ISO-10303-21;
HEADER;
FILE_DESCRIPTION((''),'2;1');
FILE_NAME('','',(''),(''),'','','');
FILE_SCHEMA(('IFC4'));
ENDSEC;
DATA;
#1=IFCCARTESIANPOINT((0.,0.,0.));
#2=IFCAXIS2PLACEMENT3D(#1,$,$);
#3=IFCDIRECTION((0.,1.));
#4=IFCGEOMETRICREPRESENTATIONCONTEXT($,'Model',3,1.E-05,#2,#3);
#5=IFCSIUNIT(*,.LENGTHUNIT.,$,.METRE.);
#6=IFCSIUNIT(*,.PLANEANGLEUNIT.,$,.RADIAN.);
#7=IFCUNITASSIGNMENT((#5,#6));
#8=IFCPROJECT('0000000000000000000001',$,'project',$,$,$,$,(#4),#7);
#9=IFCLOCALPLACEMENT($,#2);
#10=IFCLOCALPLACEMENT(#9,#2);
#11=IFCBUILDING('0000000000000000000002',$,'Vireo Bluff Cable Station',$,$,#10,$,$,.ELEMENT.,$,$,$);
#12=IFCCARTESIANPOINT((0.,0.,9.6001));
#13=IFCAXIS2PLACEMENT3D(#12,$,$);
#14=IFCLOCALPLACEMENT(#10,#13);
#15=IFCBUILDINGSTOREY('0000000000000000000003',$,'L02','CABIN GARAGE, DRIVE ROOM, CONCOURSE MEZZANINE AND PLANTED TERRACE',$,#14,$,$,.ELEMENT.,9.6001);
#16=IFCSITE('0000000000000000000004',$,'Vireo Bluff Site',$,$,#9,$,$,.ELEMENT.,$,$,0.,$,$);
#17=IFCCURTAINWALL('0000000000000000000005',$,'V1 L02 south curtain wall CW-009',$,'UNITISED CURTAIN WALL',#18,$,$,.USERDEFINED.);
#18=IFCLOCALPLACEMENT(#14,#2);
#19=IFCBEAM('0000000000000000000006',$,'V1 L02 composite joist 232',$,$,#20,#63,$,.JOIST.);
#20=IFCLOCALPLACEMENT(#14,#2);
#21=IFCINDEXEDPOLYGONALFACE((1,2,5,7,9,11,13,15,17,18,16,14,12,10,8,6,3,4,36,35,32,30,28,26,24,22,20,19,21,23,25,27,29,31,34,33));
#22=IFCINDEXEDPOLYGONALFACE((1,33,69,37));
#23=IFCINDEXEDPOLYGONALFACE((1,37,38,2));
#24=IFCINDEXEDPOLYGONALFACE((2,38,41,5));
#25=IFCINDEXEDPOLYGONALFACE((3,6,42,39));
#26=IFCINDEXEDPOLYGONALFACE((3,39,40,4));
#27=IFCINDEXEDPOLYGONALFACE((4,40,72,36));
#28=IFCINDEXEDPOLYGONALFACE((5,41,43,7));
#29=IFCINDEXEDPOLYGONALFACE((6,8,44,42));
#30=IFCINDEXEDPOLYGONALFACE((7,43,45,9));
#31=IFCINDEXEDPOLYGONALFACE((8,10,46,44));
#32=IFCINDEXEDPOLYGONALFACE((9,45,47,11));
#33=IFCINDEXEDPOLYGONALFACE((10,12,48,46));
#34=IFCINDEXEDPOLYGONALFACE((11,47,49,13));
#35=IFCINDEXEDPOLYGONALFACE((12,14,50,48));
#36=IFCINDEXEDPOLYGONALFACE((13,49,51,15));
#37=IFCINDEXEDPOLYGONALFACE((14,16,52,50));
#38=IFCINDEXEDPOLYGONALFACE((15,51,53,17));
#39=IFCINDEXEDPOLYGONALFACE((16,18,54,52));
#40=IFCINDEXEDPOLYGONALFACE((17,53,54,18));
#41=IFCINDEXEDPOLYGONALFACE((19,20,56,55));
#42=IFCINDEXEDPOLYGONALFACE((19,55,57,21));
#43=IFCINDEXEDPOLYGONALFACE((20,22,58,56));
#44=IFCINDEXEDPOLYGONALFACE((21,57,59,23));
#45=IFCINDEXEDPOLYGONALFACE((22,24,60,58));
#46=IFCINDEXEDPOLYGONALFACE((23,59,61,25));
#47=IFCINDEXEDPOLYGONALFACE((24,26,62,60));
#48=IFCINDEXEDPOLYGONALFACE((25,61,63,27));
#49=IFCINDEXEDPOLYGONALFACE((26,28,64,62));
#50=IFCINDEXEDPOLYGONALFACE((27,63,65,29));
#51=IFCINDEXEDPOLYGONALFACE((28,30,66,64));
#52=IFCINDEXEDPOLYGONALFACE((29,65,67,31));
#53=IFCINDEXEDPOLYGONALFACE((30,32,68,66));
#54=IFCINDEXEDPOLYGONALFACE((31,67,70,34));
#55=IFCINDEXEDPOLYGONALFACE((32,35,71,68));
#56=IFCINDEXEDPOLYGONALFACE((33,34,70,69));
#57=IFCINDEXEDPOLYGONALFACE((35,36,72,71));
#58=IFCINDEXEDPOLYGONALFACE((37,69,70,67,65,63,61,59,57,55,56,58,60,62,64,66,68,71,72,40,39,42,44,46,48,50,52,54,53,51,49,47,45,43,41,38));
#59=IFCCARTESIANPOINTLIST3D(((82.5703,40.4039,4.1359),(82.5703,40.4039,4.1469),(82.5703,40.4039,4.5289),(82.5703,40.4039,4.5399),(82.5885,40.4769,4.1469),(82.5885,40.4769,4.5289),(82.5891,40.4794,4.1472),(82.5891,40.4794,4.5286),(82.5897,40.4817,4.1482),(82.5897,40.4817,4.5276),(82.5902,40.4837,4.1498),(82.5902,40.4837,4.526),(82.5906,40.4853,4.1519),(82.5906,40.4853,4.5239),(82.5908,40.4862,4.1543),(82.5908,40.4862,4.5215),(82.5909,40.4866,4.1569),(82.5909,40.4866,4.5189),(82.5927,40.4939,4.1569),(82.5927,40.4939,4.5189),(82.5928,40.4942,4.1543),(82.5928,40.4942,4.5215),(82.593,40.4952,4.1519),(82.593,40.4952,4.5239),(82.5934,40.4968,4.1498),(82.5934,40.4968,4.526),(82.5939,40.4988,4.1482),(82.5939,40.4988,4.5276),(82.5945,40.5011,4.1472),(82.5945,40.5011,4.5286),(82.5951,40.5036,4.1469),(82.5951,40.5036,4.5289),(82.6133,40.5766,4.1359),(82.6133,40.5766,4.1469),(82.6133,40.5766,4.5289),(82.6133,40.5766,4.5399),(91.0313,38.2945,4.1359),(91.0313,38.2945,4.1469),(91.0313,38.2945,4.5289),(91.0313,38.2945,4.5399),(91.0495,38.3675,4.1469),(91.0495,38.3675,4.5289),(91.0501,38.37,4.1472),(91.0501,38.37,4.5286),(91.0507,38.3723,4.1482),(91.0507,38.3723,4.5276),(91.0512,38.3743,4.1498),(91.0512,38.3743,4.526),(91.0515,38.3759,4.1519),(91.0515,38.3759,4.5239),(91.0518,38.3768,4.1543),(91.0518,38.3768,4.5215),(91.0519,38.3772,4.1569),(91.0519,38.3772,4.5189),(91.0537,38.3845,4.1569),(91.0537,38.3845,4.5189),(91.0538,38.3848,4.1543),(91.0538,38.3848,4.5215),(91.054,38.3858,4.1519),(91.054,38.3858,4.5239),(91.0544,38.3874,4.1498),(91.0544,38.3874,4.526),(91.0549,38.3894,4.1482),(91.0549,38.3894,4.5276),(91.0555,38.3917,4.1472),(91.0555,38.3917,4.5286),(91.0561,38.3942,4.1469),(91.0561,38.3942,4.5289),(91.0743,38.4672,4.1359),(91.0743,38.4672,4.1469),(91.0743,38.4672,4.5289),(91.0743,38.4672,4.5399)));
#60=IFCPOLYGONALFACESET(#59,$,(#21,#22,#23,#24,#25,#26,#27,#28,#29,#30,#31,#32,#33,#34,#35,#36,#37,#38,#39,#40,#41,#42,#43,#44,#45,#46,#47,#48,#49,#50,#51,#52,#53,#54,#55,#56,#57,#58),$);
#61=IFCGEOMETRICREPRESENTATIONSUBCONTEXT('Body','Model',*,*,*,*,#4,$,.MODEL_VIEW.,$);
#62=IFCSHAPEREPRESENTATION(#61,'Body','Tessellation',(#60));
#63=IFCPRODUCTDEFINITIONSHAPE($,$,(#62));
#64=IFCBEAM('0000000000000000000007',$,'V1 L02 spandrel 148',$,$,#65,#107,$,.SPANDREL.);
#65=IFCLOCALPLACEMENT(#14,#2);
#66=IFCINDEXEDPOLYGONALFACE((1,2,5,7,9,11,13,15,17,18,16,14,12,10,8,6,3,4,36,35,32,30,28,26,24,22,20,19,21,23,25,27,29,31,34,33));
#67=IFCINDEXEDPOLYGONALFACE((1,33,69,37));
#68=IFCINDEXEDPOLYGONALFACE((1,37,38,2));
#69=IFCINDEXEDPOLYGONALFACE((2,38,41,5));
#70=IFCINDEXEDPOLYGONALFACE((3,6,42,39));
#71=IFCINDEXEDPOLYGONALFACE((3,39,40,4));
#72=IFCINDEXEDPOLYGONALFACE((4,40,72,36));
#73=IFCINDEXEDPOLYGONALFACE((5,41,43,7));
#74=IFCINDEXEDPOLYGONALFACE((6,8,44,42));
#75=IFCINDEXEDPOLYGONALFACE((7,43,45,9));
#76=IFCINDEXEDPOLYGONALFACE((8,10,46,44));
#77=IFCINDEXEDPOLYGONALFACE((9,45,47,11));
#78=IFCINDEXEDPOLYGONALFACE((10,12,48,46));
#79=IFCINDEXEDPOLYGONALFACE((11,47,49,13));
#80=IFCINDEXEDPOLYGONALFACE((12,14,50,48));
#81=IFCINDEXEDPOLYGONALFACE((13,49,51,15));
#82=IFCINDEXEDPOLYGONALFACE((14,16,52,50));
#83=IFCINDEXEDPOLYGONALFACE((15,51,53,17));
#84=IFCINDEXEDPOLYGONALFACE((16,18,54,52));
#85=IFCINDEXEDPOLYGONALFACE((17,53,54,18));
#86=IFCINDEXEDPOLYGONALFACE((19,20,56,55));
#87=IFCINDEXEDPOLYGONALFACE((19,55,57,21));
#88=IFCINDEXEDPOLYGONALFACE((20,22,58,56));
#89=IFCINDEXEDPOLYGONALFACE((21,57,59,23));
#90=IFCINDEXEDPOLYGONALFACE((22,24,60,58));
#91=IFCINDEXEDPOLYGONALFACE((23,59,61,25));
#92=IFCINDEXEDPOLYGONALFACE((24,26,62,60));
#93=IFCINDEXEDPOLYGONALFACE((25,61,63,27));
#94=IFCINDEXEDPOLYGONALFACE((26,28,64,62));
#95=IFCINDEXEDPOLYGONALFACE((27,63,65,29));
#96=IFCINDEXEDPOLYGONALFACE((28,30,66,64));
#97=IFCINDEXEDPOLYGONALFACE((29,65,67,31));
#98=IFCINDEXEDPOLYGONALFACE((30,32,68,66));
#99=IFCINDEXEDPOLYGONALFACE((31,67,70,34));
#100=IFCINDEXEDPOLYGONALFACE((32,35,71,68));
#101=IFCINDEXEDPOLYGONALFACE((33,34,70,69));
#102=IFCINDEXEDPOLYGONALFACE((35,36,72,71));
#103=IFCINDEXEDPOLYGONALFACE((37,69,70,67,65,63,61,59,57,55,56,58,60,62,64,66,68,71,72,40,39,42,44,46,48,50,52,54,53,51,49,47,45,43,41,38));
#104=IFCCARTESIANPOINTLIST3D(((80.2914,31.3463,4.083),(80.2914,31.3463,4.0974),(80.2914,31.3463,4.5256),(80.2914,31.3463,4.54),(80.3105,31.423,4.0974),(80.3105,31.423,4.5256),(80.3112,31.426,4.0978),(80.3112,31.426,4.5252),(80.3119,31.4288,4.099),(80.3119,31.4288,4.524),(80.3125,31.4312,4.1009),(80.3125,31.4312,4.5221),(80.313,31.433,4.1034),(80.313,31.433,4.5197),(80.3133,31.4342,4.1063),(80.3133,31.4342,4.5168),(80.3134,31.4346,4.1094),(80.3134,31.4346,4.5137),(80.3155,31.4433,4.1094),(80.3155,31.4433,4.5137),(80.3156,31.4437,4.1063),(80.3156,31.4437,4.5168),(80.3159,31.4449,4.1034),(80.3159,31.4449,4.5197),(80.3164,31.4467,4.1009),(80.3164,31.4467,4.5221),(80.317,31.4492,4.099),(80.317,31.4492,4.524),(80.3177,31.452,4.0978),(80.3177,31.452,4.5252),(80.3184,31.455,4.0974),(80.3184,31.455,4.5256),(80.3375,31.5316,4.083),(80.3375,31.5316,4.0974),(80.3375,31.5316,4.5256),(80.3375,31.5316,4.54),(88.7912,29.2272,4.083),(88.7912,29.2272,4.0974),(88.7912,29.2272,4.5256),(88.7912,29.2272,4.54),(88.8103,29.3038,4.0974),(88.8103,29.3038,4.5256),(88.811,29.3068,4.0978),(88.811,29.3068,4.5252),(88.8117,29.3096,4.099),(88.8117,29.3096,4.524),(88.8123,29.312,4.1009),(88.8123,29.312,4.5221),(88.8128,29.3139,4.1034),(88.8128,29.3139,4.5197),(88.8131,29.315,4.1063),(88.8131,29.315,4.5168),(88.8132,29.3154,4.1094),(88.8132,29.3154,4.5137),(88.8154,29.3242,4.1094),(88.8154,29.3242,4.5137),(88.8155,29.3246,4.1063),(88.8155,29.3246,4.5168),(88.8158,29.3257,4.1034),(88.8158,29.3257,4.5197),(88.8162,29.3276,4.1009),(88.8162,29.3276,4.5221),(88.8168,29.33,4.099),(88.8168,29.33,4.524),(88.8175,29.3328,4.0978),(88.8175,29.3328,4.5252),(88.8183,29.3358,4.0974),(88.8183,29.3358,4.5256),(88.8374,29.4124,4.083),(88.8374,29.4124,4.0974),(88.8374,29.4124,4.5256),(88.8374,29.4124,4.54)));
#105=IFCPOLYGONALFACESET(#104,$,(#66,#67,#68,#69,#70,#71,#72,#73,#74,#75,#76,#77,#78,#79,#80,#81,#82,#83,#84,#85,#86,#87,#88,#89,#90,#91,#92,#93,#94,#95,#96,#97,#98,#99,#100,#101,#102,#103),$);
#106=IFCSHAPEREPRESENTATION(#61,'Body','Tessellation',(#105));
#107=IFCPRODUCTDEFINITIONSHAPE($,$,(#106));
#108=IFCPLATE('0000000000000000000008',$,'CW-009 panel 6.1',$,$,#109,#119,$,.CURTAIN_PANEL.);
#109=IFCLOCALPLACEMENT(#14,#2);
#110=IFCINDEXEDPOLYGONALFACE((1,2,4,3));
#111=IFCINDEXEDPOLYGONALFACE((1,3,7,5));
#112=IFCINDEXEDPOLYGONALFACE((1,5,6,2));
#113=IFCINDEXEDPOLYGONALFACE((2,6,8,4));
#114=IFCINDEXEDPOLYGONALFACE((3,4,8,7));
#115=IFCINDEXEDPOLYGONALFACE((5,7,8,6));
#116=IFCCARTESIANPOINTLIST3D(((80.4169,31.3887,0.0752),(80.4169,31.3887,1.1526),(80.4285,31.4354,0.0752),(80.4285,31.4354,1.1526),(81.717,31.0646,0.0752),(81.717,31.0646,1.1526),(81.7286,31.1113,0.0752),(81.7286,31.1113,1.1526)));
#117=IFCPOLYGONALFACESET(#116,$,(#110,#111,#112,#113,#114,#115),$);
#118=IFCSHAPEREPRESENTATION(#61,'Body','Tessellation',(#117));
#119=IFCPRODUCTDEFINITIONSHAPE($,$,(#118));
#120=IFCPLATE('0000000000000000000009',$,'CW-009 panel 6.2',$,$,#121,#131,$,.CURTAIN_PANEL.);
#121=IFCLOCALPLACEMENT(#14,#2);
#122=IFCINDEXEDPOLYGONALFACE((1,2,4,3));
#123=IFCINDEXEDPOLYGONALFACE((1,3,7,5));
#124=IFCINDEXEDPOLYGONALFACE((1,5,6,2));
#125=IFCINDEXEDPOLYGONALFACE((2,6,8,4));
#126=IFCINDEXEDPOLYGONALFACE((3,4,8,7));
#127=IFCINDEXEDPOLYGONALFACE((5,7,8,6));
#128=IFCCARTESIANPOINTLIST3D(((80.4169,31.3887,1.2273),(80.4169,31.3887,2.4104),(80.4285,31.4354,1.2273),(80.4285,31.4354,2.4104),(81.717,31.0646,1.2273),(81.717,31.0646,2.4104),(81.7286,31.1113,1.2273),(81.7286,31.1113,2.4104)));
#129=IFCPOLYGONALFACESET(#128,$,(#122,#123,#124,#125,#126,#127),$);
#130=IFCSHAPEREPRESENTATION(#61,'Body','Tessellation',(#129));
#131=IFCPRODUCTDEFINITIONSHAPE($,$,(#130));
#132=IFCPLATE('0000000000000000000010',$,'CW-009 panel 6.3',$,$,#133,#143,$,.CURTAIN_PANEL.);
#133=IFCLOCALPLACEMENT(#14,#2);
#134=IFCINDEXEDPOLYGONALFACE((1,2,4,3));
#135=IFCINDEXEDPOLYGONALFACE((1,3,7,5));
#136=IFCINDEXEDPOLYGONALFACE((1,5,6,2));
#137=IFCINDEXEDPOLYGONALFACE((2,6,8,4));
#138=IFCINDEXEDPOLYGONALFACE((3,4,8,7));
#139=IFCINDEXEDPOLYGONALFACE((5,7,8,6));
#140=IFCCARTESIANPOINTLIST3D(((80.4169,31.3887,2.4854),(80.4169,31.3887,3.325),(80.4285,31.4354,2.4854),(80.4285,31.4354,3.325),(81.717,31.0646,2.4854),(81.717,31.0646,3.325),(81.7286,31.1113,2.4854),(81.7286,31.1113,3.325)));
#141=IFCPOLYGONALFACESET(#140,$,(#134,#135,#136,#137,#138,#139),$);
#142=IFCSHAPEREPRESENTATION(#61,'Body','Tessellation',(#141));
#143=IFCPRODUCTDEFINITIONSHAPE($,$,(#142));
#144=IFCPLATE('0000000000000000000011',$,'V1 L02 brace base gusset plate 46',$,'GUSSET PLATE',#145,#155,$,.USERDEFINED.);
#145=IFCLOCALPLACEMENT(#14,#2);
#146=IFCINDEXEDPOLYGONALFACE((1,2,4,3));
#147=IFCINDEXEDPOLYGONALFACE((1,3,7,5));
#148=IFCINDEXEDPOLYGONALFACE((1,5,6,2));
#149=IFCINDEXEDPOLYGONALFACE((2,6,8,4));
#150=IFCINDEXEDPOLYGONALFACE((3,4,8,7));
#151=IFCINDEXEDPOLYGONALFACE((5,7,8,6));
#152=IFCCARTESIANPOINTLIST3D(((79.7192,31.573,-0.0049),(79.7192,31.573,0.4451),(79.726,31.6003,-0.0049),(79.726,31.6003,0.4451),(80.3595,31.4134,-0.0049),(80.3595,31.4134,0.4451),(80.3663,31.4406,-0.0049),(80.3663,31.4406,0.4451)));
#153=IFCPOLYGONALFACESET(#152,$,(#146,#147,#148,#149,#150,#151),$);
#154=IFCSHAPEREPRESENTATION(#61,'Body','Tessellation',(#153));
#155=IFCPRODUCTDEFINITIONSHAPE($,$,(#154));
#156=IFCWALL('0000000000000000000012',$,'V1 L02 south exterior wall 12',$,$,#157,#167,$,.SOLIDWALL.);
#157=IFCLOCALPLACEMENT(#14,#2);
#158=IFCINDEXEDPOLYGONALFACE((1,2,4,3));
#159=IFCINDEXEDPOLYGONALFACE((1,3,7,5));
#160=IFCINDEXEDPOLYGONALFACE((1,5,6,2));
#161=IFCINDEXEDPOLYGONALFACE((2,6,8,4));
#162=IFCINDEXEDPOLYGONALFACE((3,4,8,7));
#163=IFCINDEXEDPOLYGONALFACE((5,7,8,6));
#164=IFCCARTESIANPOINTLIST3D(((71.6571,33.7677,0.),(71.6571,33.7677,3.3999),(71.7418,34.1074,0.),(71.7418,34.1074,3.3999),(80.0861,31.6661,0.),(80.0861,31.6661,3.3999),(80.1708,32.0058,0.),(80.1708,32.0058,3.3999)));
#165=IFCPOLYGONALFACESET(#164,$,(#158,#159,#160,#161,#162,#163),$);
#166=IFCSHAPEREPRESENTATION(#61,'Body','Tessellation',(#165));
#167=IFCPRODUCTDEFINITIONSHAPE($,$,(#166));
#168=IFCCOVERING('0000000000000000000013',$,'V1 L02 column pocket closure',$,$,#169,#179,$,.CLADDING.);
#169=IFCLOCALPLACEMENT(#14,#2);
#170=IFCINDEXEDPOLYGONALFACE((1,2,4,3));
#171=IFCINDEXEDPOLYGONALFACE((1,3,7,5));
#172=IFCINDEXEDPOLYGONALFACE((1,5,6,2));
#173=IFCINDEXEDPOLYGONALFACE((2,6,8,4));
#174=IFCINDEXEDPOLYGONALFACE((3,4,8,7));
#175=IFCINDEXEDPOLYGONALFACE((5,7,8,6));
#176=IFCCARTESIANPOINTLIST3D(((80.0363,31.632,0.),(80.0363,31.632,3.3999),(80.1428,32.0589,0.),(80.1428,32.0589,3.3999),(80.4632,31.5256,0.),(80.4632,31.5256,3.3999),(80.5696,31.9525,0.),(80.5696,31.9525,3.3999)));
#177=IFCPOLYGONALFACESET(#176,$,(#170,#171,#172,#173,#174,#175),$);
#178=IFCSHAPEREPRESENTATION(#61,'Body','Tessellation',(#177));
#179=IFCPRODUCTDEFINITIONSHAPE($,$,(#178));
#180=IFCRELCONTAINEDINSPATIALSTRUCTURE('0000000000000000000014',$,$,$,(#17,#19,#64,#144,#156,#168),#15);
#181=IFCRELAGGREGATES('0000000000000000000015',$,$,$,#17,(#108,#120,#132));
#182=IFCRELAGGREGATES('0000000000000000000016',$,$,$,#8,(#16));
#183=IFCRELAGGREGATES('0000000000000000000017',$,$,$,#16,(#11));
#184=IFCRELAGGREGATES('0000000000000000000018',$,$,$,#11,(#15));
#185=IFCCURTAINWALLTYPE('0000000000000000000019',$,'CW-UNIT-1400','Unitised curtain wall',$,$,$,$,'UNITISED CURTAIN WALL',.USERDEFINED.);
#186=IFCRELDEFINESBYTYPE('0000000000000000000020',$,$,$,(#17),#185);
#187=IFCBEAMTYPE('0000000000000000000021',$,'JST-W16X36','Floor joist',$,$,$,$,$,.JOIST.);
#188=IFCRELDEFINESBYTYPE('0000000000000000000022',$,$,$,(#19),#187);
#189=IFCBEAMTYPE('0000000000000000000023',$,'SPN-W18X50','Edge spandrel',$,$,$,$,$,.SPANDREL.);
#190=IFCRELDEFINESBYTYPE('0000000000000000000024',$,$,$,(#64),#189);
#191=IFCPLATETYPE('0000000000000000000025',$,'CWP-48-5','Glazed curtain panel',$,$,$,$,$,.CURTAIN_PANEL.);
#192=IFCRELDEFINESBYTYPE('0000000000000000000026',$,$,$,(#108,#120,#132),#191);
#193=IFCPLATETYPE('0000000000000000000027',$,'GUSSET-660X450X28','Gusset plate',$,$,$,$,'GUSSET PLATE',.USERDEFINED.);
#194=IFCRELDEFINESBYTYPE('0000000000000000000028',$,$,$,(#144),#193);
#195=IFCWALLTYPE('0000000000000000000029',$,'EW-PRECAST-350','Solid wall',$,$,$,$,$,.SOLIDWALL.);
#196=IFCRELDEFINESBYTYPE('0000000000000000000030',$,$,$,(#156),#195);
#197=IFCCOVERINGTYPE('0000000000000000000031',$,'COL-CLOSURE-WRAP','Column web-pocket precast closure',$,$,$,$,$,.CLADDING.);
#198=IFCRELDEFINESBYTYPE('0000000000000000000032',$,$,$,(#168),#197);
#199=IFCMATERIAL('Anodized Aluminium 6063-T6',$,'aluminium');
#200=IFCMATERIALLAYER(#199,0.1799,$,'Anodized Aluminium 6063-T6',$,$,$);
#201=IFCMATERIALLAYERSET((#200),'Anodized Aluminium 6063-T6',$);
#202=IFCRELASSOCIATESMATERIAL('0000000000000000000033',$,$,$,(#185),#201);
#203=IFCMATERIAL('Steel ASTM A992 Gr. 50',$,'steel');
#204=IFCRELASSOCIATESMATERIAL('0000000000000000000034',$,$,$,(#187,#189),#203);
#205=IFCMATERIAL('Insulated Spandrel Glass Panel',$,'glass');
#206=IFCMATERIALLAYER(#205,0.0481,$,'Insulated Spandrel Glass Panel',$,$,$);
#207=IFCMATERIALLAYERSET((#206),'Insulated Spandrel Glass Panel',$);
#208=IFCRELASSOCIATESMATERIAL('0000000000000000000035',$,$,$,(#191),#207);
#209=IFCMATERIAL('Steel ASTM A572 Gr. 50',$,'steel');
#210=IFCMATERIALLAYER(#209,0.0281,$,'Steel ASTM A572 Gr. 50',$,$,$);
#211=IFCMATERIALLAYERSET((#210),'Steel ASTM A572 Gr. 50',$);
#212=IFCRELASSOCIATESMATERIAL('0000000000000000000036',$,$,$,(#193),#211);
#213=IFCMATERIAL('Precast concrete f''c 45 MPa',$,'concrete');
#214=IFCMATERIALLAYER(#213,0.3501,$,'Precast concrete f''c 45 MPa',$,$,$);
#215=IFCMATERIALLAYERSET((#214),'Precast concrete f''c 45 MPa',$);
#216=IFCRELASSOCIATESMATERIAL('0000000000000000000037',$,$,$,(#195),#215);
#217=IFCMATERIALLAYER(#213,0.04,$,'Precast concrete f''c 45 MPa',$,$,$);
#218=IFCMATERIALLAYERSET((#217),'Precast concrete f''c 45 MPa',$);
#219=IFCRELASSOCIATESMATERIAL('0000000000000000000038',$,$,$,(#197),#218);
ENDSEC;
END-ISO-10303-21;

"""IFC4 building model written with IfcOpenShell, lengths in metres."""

from ifc_helpers import new_model, si_unit, direction, frame, frame_2d, origin, origin_2d, place, context, subcontext, project, spatial, rectangle, i_section, extrude, material, layer, layer_set, material_profile, profile_set, type_object, element, aggregate, save


model = new_model("IFC4")

# Units and contexts
model_context = context("Model", 3, precision=1e-05, world=origin(), true_north=direction((0.0, 1.0)))
body_context = subcontext(model_context, "Body", "Model", "MODEL_VIEW")
ifc_project = project(units=[si_unit("LENGTHUNIT", "METRE"), si_unit("PLANEANGLEUNIT", "RADIAN")], contexts=[model_context])

# Site, building, storey
site_placement = place(None, origin())
site = spatial("IfcSite", under=ifc_project, at=site_placement, Name="Vireo Bluff Site", CompositionType="ELEMENT", RefElevation=0.0)
building_placement = place(site_placement, origin())
building = spatial("IfcBuilding", under=site, at=building_placement, Name="Vireo Bluff Cable Station", CompositionType="ELEMENT")
storey_placement = place(building_placement, frame((0.0, 0.0, 9.6001)))
storey = spatial("IfcBuildingStorey", under=building, at=storey_placement, Name="L02", Description="CABIN GARAGE, DRIVE ROOM, CONCOURSE MEZZANINE AND PLANTED TERRACE", CompositionType="ELEMENT", Elevation=9.6001)

# Shared definitions
ifc_material_1 = material(Name="Steel ASTM A992 Gr. 50", Category="steel")

# Curtain wall
ifc_material_2 = material(Name="Anodized Aluminium 6063-T6", Category="aluminium")
ifc_layer_1 = layer(ifc_material_2, 0.1799, Name="Anodized Aluminium 6063-T6")
ifc_layer_set_1 = layer_set([ifc_layer_1], Name="Anodized Aluminium 6063-T6")
curtain_wall_type = type_object("IfcCurtainWallType", Name="CW-UNIT-1400", Description="Unitised curtain wall", ElementType="UNITISED CURTAIN WALL", PredefinedType="USERDEFINED", material=ifc_layer_set_1)
curtain_wall_placement = place(storey_placement, origin())
curtain_wall = element("IfcCurtainWall", 1, at=curtain_wall_placement, inside=storey, type_object=curtain_wall_type, Name="V1 L02 south curtain wall CW-009", ObjectType="UNITISED CURTAIN WALL", PredefinedType="USERDEFINED")

# Beams
ifc_material_profile_1 = material_profile(ifc_material_1, i_section(OverallWidth=0.178, OverallDepth=0.4041, WebThickness=0.0076, FlangeThickness=0.011, FilletRadius=0.01, at=origin_2d()), Name="W16X36")
ifc_profile_set_1 = profile_set([ifc_material_profile_1], Name="Steel ASTM A992 Gr. 50")
beam_type_1 = type_object("IfcBeamType", Name="JST-W16X36", Description="Floor joist", PredefinedType="JOIST", material=ifc_profile_set_1)
beam_1_placement = place(storey_placement, frame((82.5918, 40.4902, 4.3379), z_axis=(0.9703, -0.241903, 0.0), x_axis=(0.241903, 0.9703, 0.0)))
element("IfcBeam", 2, at=beam_1_placement, inside=storey, type_object=beam_type_1, Name="V1 L02 composite joist 232", PredefinedType="JOIST", context=body_context, shape_type="SweptSolid", body=[
    extrude(i_section(OverallWidth=0.178, OverallDepth=0.4041, WebThickness=0.0076, FlangeThickness=0.011, FilletRadius=0.01, at=origin_2d()), origin(), (0.0, 0.0, 1.0), 8.72),
])
ifc_material_profile_2 = material_profile(ifc_material_1, i_section(OverallWidth=0.1909, OverallDepth=0.457, WebThickness=0.009, FlangeThickness=0.0144, FilletRadius=0.012, at=origin_2d()), Name="W18X50")
ifc_profile_set_2 = profile_set([ifc_material_profile_2], Name="Steel ASTM A992 Gr. 50")
beam_type_2 = type_object("IfcBeamType", Name="SPN-W18X50", Description="Edge spandrel", PredefinedType="SPANDREL", material=ifc_profile_set_2)
beam_2_placement = place(storey_placement, frame((80.3145, 31.439, 4.3115), z_axis=(0.970298, -0.241913, 0.0), x_axis=(0.241913, 0.970298, 0.0)))
element("IfcBeam", 3, at=beam_2_placement, inside=storey, type_object=beam_type_2, Name="V1 L02 spandrel 148", PredefinedType="SPANDREL", context=body_context, shape_type="SweptSolid", body=[
    extrude(i_section(OverallWidth=0.1909, OverallDepth=0.457, WebThickness=0.009, FlangeThickness=0.0144, FilletRadius=0.012, at=origin_2d()), origin(), (0.0, 0.0, 1.0), 8.76),
])

# Plates
ifc_material_3 = material(Name="Insulated Spandrel Glass Panel", Category="glass")
ifc_layer_2 = layer(ifc_material_3, 0.0481, Name="Insulated Spandrel Glass Panel")
ifc_layer_set_2 = layer_set([ifc_layer_2], Name="Insulated Spandrel Glass Panel")
plate_type_1 = type_object("IfcPlateType", Name="CWP-48-5", Description="Glazed curtain panel", PredefinedType="CURTAIN_PANEL", material=ifc_layer_set_2)
plate_1_placement = place(storey_placement, frame((81.0728, 31.25, 0.0752), z_axis=(0.0, 0.0, 1.0), x_axis=(-0.970296, 0.241922, 0.0)))
plate_1 = element("IfcPlate", 4, at=plate_1_placement, type_object=plate_type_1, Name="CW-009 panel 6.1", PredefinedType="CURTAIN_PANEL", context=body_context, shape_type="SweptSolid", body=[
    extrude(rectangle(XDim=1.3398, YDim=0.0481, at=origin_2d()), origin(), (0.0, 0.0, 1.0), 1.0774),
])
plate_2_placement = place(storey_placement, frame((81.0728, 31.25, 1.2273), z_axis=(0.0, 0.0, 1.0), x_axis=(-0.970296, 0.241922, 0.0)))
plate_2 = element("IfcPlate", 5, at=plate_2_placement, type_object=plate_type_1, Name="CW-009 panel 6.2", PredefinedType="CURTAIN_PANEL", context=body_context, shape_type="SweptSolid", body=[
    extrude(rectangle(XDim=1.3398, YDim=0.0481, at=origin_2d()), origin(), (0.0, 0.0, 1.0), 1.1831),
])
plate_3_placement = place(storey_placement, frame((81.0728, 31.25, 2.4854), z_axis=(0.0, 0.0, 1.0), x_axis=(-0.970296, 0.241922, 0.0)))
plate_3 = element("IfcPlate", 6, at=plate_3_placement, type_object=plate_type_1, Name="CW-009 panel 6.3", PredefinedType="CURTAIN_PANEL", context=body_context, shape_type="SweptSolid", body=[
    extrude(rectangle(XDim=1.3398, YDim=0.0481, at=origin_2d()), origin(), (0.0, 0.0, 1.0), 0.8396),
])
aggregate(curtain_wall, [plate_1, plate_2, plate_3])
ifc_material_4 = material(Name="Steel ASTM A572 Gr. 50", Category="steel")
ifc_layer_3 = layer(ifc_material_4, 0.0281, Name="Steel ASTM A572 Gr. 50")
ifc_layer_set_3 = layer_set([ifc_layer_3], Name="Steel ASTM A572 Gr. 50")
plate_type_2 = type_object("IfcPlateType", Name="GUSSET-660X450X28", Description="Gusset plate", ElementType="GUSSET PLATE", PredefinedType="USERDEFINED", material=ifc_layer_set_3)
plate_4_placement = place(storey_placement, frame((80.0427, 31.5068, -0.0049), z_axis=(0.0, 0.0, 1.0), x_axis=(0.970296, -0.241922, 0.0)))
element("IfcPlate", 7, at=plate_4_placement, inside=storey, type_object=plate_type_2, Name="V1 L02 brace base gusset plate 46", ObjectType="GUSSET PLATE", PredefinedType="USERDEFINED", context=body_context, shape_type="SweptSolid", body=[
    extrude(rectangle(XDim=0.6599, YDim=0.0281, at=origin_2d()), origin(), (0.0, 0.0, 1.0), 0.45),
])

# Wall
ifc_material_5 = material(Name="Precast concrete f'c 45 MPa", Category="concrete")
ifc_layer_4 = layer(ifc_material_5, 0.3501, Name="Precast concrete f'c 45 MPa")
ifc_layer_set_4 = layer_set([ifc_layer_4], Name="Precast concrete f'c 45 MPa")
wall_type = type_object("IfcWallType", Name="EW-PRECAST-350", Description="Solid wall", PredefinedType="SOLIDWALL", material=ifc_layer_set_4)
wall_placement = place(storey_placement, frame((80.1284, 31.8359, 0.0), z_axis=(0.0, 0.0, 1.0), x_axis=(-0.970296, 0.241921, 0.0)))
element("IfcWall", 8, at=wall_placement, inside=storey, type_object=wall_type, Name="V1 L02 south exterior wall 12", PredefinedType="SOLIDWALL", context=body_context, shape_type="SweptSolid", body=[
    extrude(rectangle(XDim=8.687, YDim=0.3501, at=frame_2d((4.3435, 0.0))), origin(), (0.0, 0.0, 1.0), 3.3999),
])

# Covering
ifc_layer_5 = layer(ifc_material_5, 0.04, Name="Precast concrete f'c 45 MPa")
ifc_layer_set_5 = layer_set([ifc_layer_5], Name="Precast concrete f'c 45 MPa")
covering_type = type_object("IfcCoveringType", Name="COL-CLOSURE-WRAP", Description="Column web-pocket precast closure", PredefinedType="CLADDING", material=ifc_layer_set_5)
covering_placement = place(storey_placement, frame((80.303, 31.7922, 0.0), z_axis=(0.0, 0.0, 1.0), x_axis=(0.970296, -0.241922, 0.0)))
element("IfcCovering", 9, at=covering_placement, inside=storey, type_object=covering_type, Name="V1 L02 column pocket closure", PredefinedType="CLADDING", context=body_context, shape_type="SweptSolid", body=[
    extrude(rectangle(XDim=0.4399, YDim=0.4399, at=origin_2d()), origin(), (0.0, 0.0, 1.0), 3.3999),
])

save(model, "model.ifc")
